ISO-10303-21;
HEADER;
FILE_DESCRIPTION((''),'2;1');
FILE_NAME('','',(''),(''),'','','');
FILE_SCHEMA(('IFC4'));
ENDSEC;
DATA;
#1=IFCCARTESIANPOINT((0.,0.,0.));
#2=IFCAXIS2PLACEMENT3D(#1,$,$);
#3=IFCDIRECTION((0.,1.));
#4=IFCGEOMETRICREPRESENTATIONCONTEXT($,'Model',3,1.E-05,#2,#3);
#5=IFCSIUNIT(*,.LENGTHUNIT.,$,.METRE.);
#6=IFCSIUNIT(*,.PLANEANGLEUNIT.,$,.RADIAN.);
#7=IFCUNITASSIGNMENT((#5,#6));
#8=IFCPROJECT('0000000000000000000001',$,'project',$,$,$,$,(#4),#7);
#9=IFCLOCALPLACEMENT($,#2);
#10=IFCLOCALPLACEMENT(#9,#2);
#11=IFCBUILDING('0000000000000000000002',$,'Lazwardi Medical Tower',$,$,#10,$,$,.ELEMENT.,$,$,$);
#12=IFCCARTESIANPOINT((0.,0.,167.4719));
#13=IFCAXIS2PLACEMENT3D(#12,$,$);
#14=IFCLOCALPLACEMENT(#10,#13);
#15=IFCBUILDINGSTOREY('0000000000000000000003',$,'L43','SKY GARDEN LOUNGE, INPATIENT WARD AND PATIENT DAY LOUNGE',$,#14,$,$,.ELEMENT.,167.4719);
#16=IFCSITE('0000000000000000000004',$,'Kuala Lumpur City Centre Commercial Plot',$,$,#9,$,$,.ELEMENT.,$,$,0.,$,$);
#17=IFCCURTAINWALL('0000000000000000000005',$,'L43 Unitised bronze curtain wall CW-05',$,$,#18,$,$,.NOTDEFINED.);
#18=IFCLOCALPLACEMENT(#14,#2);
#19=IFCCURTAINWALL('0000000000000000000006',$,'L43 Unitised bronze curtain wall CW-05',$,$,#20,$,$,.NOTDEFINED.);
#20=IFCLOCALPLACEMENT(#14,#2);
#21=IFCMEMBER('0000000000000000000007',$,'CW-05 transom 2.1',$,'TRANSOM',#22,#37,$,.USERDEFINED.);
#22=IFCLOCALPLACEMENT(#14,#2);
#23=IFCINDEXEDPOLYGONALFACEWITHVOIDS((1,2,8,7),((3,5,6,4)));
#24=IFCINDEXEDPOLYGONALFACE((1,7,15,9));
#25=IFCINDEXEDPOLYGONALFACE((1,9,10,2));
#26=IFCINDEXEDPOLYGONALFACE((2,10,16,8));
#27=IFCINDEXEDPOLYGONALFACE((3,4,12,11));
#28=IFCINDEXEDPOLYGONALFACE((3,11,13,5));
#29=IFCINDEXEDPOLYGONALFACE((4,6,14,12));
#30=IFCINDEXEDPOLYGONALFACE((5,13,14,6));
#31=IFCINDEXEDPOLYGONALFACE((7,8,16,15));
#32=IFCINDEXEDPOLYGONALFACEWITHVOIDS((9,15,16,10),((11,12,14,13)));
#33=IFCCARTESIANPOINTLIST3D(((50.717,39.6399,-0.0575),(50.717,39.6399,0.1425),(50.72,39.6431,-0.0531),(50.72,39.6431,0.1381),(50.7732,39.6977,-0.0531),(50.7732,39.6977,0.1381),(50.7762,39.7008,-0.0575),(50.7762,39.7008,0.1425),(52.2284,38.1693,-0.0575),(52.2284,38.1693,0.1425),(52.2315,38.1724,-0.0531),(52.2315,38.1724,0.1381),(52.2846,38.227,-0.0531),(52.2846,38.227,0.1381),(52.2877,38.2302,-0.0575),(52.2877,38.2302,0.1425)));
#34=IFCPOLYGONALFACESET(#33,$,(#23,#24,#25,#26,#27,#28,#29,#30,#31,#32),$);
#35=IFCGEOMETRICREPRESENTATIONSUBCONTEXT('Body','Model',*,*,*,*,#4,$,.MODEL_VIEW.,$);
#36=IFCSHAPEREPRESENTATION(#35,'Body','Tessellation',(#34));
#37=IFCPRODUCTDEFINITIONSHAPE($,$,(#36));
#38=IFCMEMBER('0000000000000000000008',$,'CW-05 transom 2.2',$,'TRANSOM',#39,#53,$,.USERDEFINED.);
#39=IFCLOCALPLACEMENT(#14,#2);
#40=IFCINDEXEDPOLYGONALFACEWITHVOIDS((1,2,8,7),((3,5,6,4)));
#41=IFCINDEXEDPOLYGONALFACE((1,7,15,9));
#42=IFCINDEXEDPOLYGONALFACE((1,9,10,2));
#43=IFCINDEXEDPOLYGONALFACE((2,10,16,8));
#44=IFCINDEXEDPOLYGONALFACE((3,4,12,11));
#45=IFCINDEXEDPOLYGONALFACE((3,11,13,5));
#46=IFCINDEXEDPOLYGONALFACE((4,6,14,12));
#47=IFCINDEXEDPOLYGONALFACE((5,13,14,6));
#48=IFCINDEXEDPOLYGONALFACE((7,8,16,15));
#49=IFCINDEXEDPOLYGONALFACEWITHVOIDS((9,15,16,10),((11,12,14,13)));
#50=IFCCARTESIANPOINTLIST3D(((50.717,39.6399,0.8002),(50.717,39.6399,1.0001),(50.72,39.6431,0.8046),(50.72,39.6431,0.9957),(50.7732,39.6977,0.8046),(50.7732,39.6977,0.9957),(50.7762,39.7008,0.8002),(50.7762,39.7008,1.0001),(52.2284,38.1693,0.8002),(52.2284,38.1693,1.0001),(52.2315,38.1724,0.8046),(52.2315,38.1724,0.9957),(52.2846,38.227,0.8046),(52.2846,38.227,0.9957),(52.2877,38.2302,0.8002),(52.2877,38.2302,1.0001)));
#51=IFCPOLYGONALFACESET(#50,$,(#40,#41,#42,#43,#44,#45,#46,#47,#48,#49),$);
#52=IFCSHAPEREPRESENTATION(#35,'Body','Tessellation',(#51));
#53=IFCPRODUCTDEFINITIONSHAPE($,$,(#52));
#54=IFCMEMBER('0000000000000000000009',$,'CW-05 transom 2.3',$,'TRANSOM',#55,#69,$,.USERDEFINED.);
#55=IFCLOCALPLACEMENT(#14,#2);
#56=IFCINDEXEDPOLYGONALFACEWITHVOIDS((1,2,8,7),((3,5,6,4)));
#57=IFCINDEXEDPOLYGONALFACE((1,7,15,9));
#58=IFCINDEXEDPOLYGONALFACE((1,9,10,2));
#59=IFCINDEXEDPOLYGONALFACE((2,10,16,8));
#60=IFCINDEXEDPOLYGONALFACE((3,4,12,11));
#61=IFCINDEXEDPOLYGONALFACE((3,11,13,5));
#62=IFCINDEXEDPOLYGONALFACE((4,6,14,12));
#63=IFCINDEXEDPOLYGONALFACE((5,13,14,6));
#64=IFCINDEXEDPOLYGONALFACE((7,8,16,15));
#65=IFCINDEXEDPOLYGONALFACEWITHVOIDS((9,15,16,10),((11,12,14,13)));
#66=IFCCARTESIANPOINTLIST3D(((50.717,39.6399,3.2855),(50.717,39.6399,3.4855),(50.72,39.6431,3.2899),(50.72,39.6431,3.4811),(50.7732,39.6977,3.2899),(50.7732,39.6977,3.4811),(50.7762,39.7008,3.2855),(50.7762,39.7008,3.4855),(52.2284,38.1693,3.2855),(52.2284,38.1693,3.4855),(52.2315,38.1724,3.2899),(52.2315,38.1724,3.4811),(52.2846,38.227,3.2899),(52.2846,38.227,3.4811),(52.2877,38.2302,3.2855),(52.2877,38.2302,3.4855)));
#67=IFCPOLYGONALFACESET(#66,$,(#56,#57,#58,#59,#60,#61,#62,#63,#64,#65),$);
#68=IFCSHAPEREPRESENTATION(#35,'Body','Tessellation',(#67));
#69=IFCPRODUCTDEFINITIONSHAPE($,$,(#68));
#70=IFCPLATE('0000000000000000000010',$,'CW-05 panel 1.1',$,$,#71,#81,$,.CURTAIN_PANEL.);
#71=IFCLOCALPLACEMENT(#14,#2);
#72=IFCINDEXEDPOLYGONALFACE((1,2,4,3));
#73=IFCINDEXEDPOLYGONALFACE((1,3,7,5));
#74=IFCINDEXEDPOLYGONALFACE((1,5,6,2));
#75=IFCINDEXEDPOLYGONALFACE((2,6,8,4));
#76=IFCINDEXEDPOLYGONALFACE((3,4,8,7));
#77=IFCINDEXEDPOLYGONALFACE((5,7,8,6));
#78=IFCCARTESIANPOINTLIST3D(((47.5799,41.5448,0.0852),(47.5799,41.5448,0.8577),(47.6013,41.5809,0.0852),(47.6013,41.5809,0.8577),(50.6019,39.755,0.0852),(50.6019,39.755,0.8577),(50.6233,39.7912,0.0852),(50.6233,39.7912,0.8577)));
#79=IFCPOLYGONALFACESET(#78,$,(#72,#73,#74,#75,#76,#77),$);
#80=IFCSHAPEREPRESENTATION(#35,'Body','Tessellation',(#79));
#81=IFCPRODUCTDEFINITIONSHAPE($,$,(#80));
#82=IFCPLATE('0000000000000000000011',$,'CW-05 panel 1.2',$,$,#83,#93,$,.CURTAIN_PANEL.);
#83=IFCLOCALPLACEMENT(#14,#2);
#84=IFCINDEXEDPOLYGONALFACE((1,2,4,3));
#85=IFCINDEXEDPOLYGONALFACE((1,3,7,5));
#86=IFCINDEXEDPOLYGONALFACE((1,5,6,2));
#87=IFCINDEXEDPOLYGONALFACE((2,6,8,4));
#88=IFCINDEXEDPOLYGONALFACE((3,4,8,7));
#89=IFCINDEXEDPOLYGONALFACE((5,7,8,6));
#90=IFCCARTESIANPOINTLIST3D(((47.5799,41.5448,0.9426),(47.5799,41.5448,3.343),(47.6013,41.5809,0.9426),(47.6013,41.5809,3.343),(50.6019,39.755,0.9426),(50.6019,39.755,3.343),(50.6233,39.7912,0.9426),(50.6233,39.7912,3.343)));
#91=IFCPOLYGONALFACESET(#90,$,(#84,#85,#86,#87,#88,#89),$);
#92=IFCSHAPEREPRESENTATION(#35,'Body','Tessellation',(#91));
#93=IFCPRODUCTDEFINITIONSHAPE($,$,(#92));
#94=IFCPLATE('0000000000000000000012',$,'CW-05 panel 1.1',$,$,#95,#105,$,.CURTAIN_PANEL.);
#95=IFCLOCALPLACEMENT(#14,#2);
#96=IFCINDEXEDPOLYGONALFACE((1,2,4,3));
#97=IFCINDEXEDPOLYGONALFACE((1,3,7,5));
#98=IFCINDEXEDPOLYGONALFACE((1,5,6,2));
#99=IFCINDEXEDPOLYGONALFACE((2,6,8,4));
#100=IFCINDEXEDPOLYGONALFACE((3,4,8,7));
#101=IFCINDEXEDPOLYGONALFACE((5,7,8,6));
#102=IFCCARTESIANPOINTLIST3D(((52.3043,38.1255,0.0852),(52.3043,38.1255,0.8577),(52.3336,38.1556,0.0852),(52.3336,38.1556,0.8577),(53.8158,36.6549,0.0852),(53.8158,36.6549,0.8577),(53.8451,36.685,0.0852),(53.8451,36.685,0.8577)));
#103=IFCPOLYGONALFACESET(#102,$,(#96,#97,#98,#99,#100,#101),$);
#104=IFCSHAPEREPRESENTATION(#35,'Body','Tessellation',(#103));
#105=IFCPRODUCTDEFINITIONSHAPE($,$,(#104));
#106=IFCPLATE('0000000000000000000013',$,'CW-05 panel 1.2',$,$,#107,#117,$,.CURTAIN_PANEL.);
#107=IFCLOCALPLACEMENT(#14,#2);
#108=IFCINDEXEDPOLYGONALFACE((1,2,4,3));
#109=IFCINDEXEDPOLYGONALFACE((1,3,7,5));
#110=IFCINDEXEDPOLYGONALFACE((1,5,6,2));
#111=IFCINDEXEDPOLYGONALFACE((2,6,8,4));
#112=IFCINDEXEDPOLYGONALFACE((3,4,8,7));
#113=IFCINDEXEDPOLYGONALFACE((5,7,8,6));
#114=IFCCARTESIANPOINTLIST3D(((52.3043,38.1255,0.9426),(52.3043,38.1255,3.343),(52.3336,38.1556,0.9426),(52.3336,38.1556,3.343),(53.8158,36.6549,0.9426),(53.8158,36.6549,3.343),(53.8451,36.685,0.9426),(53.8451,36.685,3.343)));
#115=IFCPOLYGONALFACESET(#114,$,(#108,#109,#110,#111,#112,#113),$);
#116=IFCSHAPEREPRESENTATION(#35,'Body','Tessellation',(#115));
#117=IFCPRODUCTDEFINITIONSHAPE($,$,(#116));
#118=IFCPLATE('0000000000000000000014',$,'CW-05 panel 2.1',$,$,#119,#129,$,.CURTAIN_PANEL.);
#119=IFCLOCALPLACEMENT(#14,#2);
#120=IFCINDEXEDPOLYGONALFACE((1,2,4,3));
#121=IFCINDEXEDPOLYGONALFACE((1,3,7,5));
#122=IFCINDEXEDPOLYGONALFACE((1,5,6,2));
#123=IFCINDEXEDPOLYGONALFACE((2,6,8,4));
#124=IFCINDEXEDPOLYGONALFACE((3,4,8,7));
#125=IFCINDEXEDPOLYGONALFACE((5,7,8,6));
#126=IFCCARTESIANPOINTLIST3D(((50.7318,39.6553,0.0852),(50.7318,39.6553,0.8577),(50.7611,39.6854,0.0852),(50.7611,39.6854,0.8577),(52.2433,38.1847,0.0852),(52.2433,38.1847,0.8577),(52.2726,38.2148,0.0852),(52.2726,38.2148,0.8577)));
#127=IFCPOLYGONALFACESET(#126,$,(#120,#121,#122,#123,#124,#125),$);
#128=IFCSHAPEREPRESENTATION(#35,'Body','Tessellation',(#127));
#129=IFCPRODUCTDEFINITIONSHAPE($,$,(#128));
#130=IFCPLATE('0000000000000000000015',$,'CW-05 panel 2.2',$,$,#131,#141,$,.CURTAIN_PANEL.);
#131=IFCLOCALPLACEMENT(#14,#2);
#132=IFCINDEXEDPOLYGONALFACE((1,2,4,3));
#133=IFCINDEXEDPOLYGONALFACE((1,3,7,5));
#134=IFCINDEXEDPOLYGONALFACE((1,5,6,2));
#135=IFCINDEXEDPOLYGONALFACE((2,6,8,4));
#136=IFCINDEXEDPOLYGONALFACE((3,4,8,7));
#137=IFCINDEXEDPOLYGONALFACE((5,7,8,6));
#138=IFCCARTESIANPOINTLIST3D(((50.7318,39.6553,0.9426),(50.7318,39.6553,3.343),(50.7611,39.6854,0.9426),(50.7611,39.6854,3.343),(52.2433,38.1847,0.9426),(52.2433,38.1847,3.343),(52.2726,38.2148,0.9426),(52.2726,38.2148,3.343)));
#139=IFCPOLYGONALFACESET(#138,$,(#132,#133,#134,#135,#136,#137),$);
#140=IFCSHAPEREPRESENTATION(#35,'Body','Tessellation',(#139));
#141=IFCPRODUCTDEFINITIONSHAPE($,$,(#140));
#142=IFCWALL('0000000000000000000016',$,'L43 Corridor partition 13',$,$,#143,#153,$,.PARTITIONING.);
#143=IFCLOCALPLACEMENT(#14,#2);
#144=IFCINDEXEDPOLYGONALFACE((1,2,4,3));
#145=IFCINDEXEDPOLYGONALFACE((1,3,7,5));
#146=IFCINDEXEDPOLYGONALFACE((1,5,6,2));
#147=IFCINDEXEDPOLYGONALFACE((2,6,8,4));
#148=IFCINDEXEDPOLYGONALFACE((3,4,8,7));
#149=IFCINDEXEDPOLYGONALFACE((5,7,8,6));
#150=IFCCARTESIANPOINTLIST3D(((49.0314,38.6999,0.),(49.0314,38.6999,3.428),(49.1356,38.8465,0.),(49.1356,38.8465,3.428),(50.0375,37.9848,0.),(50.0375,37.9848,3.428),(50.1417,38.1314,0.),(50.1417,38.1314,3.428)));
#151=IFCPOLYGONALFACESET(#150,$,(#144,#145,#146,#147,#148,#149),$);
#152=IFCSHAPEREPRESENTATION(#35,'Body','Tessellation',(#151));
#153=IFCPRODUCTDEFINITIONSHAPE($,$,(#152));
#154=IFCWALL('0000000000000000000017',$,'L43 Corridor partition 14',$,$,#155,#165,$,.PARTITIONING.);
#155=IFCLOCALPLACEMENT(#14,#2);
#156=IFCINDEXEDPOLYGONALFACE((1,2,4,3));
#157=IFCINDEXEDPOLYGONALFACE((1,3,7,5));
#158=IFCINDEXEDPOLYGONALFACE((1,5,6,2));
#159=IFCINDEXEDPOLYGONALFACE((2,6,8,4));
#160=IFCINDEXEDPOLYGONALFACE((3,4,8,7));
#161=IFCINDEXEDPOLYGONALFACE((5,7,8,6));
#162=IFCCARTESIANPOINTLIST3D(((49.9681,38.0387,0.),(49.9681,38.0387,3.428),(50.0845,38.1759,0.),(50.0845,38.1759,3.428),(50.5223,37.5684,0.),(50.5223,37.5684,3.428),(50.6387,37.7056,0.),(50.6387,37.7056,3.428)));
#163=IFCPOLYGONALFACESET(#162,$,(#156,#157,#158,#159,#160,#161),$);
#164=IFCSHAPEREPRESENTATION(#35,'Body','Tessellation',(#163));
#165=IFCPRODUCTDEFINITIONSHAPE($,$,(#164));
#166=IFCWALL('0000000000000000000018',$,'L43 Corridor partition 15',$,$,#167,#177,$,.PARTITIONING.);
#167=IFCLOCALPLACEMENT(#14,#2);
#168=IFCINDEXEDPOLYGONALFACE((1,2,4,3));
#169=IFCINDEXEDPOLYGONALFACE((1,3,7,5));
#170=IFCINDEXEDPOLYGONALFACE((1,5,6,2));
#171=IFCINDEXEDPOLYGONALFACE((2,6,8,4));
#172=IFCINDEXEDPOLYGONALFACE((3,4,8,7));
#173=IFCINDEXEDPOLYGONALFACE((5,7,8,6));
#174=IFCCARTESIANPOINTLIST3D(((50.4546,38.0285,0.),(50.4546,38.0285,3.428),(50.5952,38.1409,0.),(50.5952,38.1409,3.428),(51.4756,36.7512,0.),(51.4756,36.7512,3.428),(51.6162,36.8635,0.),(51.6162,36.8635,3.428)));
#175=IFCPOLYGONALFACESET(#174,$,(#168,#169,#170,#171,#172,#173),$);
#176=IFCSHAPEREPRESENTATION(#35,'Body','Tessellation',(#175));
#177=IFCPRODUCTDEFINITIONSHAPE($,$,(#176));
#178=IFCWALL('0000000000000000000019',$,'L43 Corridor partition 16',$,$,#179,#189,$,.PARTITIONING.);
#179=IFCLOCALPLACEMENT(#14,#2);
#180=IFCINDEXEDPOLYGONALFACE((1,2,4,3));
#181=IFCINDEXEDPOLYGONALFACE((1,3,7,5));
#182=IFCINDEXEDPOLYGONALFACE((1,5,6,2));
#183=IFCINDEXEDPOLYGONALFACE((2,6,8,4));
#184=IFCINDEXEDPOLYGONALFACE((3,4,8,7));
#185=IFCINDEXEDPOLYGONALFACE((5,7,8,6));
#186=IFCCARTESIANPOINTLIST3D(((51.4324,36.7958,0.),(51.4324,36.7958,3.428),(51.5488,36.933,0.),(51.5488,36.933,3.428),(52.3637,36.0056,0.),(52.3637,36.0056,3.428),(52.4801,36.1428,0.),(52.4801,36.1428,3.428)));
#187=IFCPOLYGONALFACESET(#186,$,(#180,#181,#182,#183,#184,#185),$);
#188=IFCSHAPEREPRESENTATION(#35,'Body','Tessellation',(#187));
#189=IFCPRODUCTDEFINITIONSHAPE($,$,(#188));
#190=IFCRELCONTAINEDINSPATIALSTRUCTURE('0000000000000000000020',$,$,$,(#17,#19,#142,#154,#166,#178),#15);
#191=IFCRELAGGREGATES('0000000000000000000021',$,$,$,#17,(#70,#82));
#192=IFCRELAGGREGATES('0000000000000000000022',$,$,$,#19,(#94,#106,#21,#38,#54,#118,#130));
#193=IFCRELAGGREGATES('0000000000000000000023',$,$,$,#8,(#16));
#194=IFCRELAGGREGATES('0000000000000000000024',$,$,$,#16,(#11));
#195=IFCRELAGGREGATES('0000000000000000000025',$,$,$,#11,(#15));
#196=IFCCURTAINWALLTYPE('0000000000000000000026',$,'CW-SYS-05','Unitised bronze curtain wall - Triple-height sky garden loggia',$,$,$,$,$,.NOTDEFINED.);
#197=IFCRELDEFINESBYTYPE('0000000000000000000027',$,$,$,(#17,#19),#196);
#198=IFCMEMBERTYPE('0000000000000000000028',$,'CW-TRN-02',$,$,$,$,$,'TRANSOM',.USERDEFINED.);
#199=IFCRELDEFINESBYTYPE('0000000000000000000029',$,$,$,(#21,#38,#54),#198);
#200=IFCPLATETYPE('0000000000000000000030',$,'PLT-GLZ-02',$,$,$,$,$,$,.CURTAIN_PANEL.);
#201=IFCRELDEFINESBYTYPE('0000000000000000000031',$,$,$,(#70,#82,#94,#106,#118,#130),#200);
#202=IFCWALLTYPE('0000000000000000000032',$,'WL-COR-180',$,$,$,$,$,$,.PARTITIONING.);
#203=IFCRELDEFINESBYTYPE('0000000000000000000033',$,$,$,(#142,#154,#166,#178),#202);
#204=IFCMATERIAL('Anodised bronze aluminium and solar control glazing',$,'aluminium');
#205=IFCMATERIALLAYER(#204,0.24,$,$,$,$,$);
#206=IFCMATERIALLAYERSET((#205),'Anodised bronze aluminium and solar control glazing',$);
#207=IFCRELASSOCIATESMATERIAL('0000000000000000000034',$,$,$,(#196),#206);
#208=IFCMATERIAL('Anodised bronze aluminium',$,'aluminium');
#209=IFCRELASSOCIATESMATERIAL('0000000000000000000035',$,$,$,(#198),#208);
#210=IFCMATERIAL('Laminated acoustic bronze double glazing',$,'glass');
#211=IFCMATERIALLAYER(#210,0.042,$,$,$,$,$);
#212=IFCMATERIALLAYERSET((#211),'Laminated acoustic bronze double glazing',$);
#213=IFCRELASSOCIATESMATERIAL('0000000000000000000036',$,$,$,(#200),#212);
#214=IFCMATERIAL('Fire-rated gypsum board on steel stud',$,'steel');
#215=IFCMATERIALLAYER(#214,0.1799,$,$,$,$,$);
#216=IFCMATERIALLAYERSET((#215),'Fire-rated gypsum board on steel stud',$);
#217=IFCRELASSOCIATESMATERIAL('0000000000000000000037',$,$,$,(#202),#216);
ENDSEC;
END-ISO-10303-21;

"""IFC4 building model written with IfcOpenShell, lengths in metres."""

from ifc_helpers import new_model, si_unit, direction, frame, frame_2d, origin, origin_2d, place, context, subcontext, project, spatial, rectangle, hollow_rectangle, extrude, material, layer, layer_set, material_profile, profile_set, type_object, element, aggregate, save


model = new_model("IFC4")

# Units and contexts
model_context = context("Model", 3, precision=1e-05, world=origin(), true_north=direction((0.0, 1.0)))
body_context = subcontext(model_context, "Body", "Model", "MODEL_VIEW")
ifc_project = project(units=[si_unit("LENGTHUNIT", "METRE"), si_unit("PLANEANGLEUNIT", "RADIAN")], contexts=[model_context])

# Site, building, storey
site_placement = place(None, origin())
site = spatial("IfcSite", under=ifc_project, at=site_placement, Name="Kuala Lumpur City Centre Commercial Plot", CompositionType="ELEMENT", RefElevation=0.0)
building_placement = place(site_placement, origin())
building = spatial("IfcBuilding", under=site, at=building_placement, Name="Lazwardi Medical Tower", CompositionType="ELEMENT")
storey_placement = place(building_placement, frame((0.0, 0.0, 167.4719)))
storey = spatial("IfcBuildingStorey", under=building, at=storey_placement, Name="L43", Description="SKY GARDEN LOUNGE, INPATIENT WARD AND PATIENT DAY LOUNGE", CompositionType="ELEMENT", Elevation=167.4719)

# Curtain wall
ifc_material_1 = material(Name="Anodised bronze aluminium and solar control glazing", Category="aluminium")
ifc_material_2 = material(Name="Anodised bronze aluminium", Category="aluminium")
ifc_layer_1 = layer(ifc_material_1, 0.24)
ifc_layer_set_1 = layer_set([ifc_layer_1], Name="Anodised bronze aluminium and solar control glazing")
curtain_wall_type_1 = type_object("IfcCurtainWallType", Name="CW-SYS-05", Description="Unitised bronze curtain wall - Triple-height sky garden loggia", PredefinedType="NOTDEFINED", material=ifc_layer_set_1)
curtain_wall_1_placement = place(storey_placement, origin())
curtain_wall_1 = element("IfcCurtainWall", 1, at=curtain_wall_1_placement, inside=storey, type_object=curtain_wall_type_1, Name="L43 Unitised bronze curtain wall CW-05", PredefinedType="NOTDEFINED")

# Curtain wall
curtain_wall_2_placement = place(storey_placement, origin())
curtain_wall_2 = element("IfcCurtainWall", 2, at=curtain_wall_2_placement, inside=storey, type_object=curtain_wall_type_1, Name="L43 Unitised bronze curtain wall CW-05", PredefinedType="NOTDEFINED")

# Members
ifc_material_profile_1 = material_profile(ifc_material_2, hollow_rectangle(XDim=0.085, YDim=0.2, WallThickness=0.0044, at=origin_2d()), Name="ALU-TRANSOM 200x85x4.5")
ifc_profile_set_1 = profile_set([ifc_material_profile_1], Name="Anodised bronze aluminium")
member_type_1 = type_object("IfcMemberType", Name="CW-TRN-02", ElementType="TRANSOM", PredefinedType="USERDEFINED", material=ifc_profile_set_1)
member_1_placement = place(storey_placement, frame((52.2581, 38.1997, 0.0425), z_axis=(-0.716707, 0.697374, 0.0), x_axis=(-0.697374, -0.716707, 0.0)))
member_1 = element("IfcMember", 3, at=member_1_placement, type_object=member_type_1, Name="CW-05 transom 2.1", ObjectType="TRANSOM", PredefinedType="USERDEFINED", context=body_context, shape_type="SweptSolid", body=[
    extrude(hollow_rectangle(XDim=0.085, YDim=0.2, WallThickness=0.0044, at=origin_2d()), origin(), (0.0, 0.0, 1.0), 2.1089),
])
member_2_placement = place(storey_placement, frame((52.2581, 38.1997, 0.9001), z_axis=(-0.716707, 0.697374, 0.0), x_axis=(-0.697374, -0.716707, 0.0)))
member_2 = element("IfcMember", 4, at=member_2_placement, type_object=member_type_1, Name="CW-05 transom 2.2", ObjectType="TRANSOM", PredefinedType="USERDEFINED", context=body_context, shape_type="SweptSolid", body=[
    extrude(hollow_rectangle(XDim=0.085, YDim=0.2, WallThickness=0.0044, at=origin_2d()), origin(), (0.0, 0.0, 1.0), 2.1089),
])
member_3_placement = place(storey_placement, frame((52.2581, 38.1997, 3.3855), z_axis=(-0.716707, 0.697374, 0.0), x_axis=(-0.697374, -0.716707, 0.0)))
member_3 = element("IfcMember", 5, at=member_3_placement, type_object=member_type_1, Name="CW-05 transom 2.3", ObjectType="TRANSOM", PredefinedType="USERDEFINED", context=body_context, shape_type="SweptSolid", body=[
    extrude(hollow_rectangle(XDim=0.085, YDim=0.2, WallThickness=0.0044, at=origin_2d()), origin(), (0.0, 0.0, 1.0), 2.1089),
])

# Plates
ifc_material_3 = material(Name="Laminated acoustic bronze double glazing", Category="glass")
ifc_layer_2 = layer(ifc_material_3, 0.042)
ifc_layer_set_2 = layer_set([ifc_layer_2], Name="Laminated acoustic bronze double glazing")
plate_type = type_object("IfcPlateType", Name="PLT-GLZ-02", PredefinedType="CURTAIN_PANEL", material=ifc_layer_set_2)
plate_1_placement = place(storey_placement, frame((49.1016, 40.668, 0.0852), z_axis=(0.0, 0.0, 1.0), x_axis=(-0.860429, 0.509571, 0.0)))
plate_1 = element("IfcPlate", 6, at=plate_1_placement, type_object=plate_type, Name="CW-05 panel 1.1", PredefinedType="CURTAIN_PANEL", context=body_context, shape_type="SweptSolid", body=[
    extrude(rectangle(XDim=3.5122, YDim=0.042, at=origin_2d()), origin(), (0.0, 0.0, 1.0), 0.7725),
])
plate_2_placement = place(storey_placement, frame((49.1016, 40.668, 0.9426), z_axis=(0.0, 0.0, 1.0), x_axis=(-0.860429, 0.509571, 0.0)))
plate_2 = element("IfcPlate", 7, at=plate_2_placement, type_object=plate_type, Name="CW-05 panel 1.2", PredefinedType="CURTAIN_PANEL", context=body_context, shape_type="SweptSolid", body=[
    extrude(rectangle(XDim=3.5122, YDim=0.042, at=origin_2d()), origin(), (0.0, 0.0, 1.0), 2.4004),
])
aggregate(curtain_wall_1, [plate_1, plate_2])
plate_3_placement = place(storey_placement, frame((53.0747, 37.4053, 0.0852), z_axis=(0.0, 0.0, 1.0), x_axis=(-0.716732, 0.697348, 0.0)))
plate_3 = element("IfcPlate", 8, at=plate_3_placement, type_object=plate_type, Name="CW-05 panel 1.1", PredefinedType="CURTAIN_PANEL", context=body_context, shape_type="SweptSolid", body=[
    extrude(rectangle(XDim=2.1089, YDim=0.042, at=origin_2d()), origin(), (0.0, 0.0, 1.0), 0.7725),
])
plate_4_placement = place(storey_placement, frame((53.0747, 37.4053, 0.9426), z_axis=(0.0, 0.0, 1.0), x_axis=(-0.716732, 0.697348, 0.0)))
plate_4 = element("IfcPlate", 9, at=plate_4_placement, type_object=plate_type, Name="CW-05 panel 1.2", PredefinedType="CURTAIN_PANEL", context=body_context, shape_type="SweptSolid", body=[
    extrude(rectangle(XDim=2.1089, YDim=0.042, at=origin_2d()), origin(), (0.0, 0.0, 1.0), 2.4004),
])
plate_5_placement = place(storey_placement, frame((51.5022, 38.9351, 0.0852), z_axis=(0.0, 0.0, 1.0), x_axis=(-0.716732, 0.697348, 0.0)))
plate_5 = element("IfcPlate", 10, at=plate_5_placement, type_object=plate_type, Name="CW-05 panel 2.1", PredefinedType="CURTAIN_PANEL", context=body_context, shape_type="SweptSolid", body=[
    extrude(rectangle(XDim=2.1089, YDim=0.042, at=origin_2d()), origin(), (0.0, 0.0, 1.0), 0.7725),
])
plate_6_placement = place(storey_placement, frame((51.5022, 38.9351, 0.9426), z_axis=(0.0, 0.0, 1.0), x_axis=(-0.716732, 0.697348, 0.0)))
plate_6 = element("IfcPlate", 11, at=plate_6_placement, type_object=plate_type, Name="CW-05 panel 2.2", PredefinedType="CURTAIN_PANEL", context=body_context, shape_type="SweptSolid", body=[
    extrude(rectangle(XDim=2.1089, YDim=0.042, at=origin_2d()), origin(), (0.0, 0.0, 1.0), 2.4004),
])
aggregate(curtain_wall_2, [plate_3, plate_4, member_1, member_2, member_3, plate_5, plate_6])

# Walls
ifc_material_4 = material(Name="Fire-rated gypsum board on steel stud", Category="steel")
ifc_layer_3 = layer(ifc_material_4, 0.1799)
ifc_layer_set_3 = layer_set([ifc_layer_3], Name="Fire-rated gypsum board on steel stud")
wall_type_1 = type_object("IfcWallType", Name="WL-COR-180", PredefinedType="PARTITIONING", material=ifc_layer_set_3)
wall_1_placement = place(storey_placement, frame((49.0835, 38.7732, 0.0), z_axis=(0.0, 0.0, 1.0), x_axis=(0.815094, -0.579328, 0.0)))
element("IfcWall", 12, at=wall_1_placement, inside=storey, type_object=wall_type_1, Name="L43 Corridor partition 13", PredefinedType="PARTITIONING", context=body_context, shape_type="SweptSolid", body=[
    extrude(rectangle(XDim=1.2344, YDim=0.1799, at=frame_2d((0.6172, 0.0))), origin(), (0.0, 0.0, 1.0), 3.428),
])
wall_2_placement = place(storey_placement, frame((50.0264, 38.1072, 0.0), z_axis=(0.0, 0.0, 1.0), x_axis=(0.762519, -0.646966, 0.0)))
element("IfcWall", 13, at=wall_2_placement, inside=storey, type_object=wall_type_1, Name="L43 Corridor partition 14", PredefinedType="PARTITIONING", context=body_context, shape_type="SweptSolid", body=[
    extrude(rectangle(XDim=0.7268, YDim=0.1799, at=frame_2d((0.3633, 0.0))), origin(), (0.0, 0.0, 1.0), 3.428),
])
wall_3_placement = place(storey_placement, frame((50.5249, 38.0847, 0.0), z_axis=(0.0, 0.0, 1.0), x_axis=(0.624367, -0.781131, 0.0)))
element("IfcWall", 14, at=wall_3_placement, inside=storey, type_object=wall_type_1, Name="L43 Corridor partition 15", PredefinedType="PARTITIONING", context=body_context, shape_type="SweptSolid", body=[
    extrude(rectangle(XDim=1.6353, YDim=0.1799, at=frame_2d((0.8176, 0.0))), origin(), (0.0, 0.0, 1.0), 3.428),
])
wall_4_placement = place(storey_placement, frame((51.4905, 36.8645, 0.0), z_axis=(0.0, 0.0, 1.0), x_axis=(0.762506, -0.646981, 0.0)))
element("IfcWall", 15, at=wall_4_placement, inside=storey, type_object=wall_type_1, Name="L43 Corridor partition 16", PredefinedType="PARTITIONING", context=body_context, shape_type="SweptSolid", body=[
    extrude(rectangle(XDim=1.2214, YDim=0.1799, at=frame_2d((0.6108, 0.0))), origin(), (0.0, 0.0, 1.0), 3.428),
])

save(model, "model.ifc")
